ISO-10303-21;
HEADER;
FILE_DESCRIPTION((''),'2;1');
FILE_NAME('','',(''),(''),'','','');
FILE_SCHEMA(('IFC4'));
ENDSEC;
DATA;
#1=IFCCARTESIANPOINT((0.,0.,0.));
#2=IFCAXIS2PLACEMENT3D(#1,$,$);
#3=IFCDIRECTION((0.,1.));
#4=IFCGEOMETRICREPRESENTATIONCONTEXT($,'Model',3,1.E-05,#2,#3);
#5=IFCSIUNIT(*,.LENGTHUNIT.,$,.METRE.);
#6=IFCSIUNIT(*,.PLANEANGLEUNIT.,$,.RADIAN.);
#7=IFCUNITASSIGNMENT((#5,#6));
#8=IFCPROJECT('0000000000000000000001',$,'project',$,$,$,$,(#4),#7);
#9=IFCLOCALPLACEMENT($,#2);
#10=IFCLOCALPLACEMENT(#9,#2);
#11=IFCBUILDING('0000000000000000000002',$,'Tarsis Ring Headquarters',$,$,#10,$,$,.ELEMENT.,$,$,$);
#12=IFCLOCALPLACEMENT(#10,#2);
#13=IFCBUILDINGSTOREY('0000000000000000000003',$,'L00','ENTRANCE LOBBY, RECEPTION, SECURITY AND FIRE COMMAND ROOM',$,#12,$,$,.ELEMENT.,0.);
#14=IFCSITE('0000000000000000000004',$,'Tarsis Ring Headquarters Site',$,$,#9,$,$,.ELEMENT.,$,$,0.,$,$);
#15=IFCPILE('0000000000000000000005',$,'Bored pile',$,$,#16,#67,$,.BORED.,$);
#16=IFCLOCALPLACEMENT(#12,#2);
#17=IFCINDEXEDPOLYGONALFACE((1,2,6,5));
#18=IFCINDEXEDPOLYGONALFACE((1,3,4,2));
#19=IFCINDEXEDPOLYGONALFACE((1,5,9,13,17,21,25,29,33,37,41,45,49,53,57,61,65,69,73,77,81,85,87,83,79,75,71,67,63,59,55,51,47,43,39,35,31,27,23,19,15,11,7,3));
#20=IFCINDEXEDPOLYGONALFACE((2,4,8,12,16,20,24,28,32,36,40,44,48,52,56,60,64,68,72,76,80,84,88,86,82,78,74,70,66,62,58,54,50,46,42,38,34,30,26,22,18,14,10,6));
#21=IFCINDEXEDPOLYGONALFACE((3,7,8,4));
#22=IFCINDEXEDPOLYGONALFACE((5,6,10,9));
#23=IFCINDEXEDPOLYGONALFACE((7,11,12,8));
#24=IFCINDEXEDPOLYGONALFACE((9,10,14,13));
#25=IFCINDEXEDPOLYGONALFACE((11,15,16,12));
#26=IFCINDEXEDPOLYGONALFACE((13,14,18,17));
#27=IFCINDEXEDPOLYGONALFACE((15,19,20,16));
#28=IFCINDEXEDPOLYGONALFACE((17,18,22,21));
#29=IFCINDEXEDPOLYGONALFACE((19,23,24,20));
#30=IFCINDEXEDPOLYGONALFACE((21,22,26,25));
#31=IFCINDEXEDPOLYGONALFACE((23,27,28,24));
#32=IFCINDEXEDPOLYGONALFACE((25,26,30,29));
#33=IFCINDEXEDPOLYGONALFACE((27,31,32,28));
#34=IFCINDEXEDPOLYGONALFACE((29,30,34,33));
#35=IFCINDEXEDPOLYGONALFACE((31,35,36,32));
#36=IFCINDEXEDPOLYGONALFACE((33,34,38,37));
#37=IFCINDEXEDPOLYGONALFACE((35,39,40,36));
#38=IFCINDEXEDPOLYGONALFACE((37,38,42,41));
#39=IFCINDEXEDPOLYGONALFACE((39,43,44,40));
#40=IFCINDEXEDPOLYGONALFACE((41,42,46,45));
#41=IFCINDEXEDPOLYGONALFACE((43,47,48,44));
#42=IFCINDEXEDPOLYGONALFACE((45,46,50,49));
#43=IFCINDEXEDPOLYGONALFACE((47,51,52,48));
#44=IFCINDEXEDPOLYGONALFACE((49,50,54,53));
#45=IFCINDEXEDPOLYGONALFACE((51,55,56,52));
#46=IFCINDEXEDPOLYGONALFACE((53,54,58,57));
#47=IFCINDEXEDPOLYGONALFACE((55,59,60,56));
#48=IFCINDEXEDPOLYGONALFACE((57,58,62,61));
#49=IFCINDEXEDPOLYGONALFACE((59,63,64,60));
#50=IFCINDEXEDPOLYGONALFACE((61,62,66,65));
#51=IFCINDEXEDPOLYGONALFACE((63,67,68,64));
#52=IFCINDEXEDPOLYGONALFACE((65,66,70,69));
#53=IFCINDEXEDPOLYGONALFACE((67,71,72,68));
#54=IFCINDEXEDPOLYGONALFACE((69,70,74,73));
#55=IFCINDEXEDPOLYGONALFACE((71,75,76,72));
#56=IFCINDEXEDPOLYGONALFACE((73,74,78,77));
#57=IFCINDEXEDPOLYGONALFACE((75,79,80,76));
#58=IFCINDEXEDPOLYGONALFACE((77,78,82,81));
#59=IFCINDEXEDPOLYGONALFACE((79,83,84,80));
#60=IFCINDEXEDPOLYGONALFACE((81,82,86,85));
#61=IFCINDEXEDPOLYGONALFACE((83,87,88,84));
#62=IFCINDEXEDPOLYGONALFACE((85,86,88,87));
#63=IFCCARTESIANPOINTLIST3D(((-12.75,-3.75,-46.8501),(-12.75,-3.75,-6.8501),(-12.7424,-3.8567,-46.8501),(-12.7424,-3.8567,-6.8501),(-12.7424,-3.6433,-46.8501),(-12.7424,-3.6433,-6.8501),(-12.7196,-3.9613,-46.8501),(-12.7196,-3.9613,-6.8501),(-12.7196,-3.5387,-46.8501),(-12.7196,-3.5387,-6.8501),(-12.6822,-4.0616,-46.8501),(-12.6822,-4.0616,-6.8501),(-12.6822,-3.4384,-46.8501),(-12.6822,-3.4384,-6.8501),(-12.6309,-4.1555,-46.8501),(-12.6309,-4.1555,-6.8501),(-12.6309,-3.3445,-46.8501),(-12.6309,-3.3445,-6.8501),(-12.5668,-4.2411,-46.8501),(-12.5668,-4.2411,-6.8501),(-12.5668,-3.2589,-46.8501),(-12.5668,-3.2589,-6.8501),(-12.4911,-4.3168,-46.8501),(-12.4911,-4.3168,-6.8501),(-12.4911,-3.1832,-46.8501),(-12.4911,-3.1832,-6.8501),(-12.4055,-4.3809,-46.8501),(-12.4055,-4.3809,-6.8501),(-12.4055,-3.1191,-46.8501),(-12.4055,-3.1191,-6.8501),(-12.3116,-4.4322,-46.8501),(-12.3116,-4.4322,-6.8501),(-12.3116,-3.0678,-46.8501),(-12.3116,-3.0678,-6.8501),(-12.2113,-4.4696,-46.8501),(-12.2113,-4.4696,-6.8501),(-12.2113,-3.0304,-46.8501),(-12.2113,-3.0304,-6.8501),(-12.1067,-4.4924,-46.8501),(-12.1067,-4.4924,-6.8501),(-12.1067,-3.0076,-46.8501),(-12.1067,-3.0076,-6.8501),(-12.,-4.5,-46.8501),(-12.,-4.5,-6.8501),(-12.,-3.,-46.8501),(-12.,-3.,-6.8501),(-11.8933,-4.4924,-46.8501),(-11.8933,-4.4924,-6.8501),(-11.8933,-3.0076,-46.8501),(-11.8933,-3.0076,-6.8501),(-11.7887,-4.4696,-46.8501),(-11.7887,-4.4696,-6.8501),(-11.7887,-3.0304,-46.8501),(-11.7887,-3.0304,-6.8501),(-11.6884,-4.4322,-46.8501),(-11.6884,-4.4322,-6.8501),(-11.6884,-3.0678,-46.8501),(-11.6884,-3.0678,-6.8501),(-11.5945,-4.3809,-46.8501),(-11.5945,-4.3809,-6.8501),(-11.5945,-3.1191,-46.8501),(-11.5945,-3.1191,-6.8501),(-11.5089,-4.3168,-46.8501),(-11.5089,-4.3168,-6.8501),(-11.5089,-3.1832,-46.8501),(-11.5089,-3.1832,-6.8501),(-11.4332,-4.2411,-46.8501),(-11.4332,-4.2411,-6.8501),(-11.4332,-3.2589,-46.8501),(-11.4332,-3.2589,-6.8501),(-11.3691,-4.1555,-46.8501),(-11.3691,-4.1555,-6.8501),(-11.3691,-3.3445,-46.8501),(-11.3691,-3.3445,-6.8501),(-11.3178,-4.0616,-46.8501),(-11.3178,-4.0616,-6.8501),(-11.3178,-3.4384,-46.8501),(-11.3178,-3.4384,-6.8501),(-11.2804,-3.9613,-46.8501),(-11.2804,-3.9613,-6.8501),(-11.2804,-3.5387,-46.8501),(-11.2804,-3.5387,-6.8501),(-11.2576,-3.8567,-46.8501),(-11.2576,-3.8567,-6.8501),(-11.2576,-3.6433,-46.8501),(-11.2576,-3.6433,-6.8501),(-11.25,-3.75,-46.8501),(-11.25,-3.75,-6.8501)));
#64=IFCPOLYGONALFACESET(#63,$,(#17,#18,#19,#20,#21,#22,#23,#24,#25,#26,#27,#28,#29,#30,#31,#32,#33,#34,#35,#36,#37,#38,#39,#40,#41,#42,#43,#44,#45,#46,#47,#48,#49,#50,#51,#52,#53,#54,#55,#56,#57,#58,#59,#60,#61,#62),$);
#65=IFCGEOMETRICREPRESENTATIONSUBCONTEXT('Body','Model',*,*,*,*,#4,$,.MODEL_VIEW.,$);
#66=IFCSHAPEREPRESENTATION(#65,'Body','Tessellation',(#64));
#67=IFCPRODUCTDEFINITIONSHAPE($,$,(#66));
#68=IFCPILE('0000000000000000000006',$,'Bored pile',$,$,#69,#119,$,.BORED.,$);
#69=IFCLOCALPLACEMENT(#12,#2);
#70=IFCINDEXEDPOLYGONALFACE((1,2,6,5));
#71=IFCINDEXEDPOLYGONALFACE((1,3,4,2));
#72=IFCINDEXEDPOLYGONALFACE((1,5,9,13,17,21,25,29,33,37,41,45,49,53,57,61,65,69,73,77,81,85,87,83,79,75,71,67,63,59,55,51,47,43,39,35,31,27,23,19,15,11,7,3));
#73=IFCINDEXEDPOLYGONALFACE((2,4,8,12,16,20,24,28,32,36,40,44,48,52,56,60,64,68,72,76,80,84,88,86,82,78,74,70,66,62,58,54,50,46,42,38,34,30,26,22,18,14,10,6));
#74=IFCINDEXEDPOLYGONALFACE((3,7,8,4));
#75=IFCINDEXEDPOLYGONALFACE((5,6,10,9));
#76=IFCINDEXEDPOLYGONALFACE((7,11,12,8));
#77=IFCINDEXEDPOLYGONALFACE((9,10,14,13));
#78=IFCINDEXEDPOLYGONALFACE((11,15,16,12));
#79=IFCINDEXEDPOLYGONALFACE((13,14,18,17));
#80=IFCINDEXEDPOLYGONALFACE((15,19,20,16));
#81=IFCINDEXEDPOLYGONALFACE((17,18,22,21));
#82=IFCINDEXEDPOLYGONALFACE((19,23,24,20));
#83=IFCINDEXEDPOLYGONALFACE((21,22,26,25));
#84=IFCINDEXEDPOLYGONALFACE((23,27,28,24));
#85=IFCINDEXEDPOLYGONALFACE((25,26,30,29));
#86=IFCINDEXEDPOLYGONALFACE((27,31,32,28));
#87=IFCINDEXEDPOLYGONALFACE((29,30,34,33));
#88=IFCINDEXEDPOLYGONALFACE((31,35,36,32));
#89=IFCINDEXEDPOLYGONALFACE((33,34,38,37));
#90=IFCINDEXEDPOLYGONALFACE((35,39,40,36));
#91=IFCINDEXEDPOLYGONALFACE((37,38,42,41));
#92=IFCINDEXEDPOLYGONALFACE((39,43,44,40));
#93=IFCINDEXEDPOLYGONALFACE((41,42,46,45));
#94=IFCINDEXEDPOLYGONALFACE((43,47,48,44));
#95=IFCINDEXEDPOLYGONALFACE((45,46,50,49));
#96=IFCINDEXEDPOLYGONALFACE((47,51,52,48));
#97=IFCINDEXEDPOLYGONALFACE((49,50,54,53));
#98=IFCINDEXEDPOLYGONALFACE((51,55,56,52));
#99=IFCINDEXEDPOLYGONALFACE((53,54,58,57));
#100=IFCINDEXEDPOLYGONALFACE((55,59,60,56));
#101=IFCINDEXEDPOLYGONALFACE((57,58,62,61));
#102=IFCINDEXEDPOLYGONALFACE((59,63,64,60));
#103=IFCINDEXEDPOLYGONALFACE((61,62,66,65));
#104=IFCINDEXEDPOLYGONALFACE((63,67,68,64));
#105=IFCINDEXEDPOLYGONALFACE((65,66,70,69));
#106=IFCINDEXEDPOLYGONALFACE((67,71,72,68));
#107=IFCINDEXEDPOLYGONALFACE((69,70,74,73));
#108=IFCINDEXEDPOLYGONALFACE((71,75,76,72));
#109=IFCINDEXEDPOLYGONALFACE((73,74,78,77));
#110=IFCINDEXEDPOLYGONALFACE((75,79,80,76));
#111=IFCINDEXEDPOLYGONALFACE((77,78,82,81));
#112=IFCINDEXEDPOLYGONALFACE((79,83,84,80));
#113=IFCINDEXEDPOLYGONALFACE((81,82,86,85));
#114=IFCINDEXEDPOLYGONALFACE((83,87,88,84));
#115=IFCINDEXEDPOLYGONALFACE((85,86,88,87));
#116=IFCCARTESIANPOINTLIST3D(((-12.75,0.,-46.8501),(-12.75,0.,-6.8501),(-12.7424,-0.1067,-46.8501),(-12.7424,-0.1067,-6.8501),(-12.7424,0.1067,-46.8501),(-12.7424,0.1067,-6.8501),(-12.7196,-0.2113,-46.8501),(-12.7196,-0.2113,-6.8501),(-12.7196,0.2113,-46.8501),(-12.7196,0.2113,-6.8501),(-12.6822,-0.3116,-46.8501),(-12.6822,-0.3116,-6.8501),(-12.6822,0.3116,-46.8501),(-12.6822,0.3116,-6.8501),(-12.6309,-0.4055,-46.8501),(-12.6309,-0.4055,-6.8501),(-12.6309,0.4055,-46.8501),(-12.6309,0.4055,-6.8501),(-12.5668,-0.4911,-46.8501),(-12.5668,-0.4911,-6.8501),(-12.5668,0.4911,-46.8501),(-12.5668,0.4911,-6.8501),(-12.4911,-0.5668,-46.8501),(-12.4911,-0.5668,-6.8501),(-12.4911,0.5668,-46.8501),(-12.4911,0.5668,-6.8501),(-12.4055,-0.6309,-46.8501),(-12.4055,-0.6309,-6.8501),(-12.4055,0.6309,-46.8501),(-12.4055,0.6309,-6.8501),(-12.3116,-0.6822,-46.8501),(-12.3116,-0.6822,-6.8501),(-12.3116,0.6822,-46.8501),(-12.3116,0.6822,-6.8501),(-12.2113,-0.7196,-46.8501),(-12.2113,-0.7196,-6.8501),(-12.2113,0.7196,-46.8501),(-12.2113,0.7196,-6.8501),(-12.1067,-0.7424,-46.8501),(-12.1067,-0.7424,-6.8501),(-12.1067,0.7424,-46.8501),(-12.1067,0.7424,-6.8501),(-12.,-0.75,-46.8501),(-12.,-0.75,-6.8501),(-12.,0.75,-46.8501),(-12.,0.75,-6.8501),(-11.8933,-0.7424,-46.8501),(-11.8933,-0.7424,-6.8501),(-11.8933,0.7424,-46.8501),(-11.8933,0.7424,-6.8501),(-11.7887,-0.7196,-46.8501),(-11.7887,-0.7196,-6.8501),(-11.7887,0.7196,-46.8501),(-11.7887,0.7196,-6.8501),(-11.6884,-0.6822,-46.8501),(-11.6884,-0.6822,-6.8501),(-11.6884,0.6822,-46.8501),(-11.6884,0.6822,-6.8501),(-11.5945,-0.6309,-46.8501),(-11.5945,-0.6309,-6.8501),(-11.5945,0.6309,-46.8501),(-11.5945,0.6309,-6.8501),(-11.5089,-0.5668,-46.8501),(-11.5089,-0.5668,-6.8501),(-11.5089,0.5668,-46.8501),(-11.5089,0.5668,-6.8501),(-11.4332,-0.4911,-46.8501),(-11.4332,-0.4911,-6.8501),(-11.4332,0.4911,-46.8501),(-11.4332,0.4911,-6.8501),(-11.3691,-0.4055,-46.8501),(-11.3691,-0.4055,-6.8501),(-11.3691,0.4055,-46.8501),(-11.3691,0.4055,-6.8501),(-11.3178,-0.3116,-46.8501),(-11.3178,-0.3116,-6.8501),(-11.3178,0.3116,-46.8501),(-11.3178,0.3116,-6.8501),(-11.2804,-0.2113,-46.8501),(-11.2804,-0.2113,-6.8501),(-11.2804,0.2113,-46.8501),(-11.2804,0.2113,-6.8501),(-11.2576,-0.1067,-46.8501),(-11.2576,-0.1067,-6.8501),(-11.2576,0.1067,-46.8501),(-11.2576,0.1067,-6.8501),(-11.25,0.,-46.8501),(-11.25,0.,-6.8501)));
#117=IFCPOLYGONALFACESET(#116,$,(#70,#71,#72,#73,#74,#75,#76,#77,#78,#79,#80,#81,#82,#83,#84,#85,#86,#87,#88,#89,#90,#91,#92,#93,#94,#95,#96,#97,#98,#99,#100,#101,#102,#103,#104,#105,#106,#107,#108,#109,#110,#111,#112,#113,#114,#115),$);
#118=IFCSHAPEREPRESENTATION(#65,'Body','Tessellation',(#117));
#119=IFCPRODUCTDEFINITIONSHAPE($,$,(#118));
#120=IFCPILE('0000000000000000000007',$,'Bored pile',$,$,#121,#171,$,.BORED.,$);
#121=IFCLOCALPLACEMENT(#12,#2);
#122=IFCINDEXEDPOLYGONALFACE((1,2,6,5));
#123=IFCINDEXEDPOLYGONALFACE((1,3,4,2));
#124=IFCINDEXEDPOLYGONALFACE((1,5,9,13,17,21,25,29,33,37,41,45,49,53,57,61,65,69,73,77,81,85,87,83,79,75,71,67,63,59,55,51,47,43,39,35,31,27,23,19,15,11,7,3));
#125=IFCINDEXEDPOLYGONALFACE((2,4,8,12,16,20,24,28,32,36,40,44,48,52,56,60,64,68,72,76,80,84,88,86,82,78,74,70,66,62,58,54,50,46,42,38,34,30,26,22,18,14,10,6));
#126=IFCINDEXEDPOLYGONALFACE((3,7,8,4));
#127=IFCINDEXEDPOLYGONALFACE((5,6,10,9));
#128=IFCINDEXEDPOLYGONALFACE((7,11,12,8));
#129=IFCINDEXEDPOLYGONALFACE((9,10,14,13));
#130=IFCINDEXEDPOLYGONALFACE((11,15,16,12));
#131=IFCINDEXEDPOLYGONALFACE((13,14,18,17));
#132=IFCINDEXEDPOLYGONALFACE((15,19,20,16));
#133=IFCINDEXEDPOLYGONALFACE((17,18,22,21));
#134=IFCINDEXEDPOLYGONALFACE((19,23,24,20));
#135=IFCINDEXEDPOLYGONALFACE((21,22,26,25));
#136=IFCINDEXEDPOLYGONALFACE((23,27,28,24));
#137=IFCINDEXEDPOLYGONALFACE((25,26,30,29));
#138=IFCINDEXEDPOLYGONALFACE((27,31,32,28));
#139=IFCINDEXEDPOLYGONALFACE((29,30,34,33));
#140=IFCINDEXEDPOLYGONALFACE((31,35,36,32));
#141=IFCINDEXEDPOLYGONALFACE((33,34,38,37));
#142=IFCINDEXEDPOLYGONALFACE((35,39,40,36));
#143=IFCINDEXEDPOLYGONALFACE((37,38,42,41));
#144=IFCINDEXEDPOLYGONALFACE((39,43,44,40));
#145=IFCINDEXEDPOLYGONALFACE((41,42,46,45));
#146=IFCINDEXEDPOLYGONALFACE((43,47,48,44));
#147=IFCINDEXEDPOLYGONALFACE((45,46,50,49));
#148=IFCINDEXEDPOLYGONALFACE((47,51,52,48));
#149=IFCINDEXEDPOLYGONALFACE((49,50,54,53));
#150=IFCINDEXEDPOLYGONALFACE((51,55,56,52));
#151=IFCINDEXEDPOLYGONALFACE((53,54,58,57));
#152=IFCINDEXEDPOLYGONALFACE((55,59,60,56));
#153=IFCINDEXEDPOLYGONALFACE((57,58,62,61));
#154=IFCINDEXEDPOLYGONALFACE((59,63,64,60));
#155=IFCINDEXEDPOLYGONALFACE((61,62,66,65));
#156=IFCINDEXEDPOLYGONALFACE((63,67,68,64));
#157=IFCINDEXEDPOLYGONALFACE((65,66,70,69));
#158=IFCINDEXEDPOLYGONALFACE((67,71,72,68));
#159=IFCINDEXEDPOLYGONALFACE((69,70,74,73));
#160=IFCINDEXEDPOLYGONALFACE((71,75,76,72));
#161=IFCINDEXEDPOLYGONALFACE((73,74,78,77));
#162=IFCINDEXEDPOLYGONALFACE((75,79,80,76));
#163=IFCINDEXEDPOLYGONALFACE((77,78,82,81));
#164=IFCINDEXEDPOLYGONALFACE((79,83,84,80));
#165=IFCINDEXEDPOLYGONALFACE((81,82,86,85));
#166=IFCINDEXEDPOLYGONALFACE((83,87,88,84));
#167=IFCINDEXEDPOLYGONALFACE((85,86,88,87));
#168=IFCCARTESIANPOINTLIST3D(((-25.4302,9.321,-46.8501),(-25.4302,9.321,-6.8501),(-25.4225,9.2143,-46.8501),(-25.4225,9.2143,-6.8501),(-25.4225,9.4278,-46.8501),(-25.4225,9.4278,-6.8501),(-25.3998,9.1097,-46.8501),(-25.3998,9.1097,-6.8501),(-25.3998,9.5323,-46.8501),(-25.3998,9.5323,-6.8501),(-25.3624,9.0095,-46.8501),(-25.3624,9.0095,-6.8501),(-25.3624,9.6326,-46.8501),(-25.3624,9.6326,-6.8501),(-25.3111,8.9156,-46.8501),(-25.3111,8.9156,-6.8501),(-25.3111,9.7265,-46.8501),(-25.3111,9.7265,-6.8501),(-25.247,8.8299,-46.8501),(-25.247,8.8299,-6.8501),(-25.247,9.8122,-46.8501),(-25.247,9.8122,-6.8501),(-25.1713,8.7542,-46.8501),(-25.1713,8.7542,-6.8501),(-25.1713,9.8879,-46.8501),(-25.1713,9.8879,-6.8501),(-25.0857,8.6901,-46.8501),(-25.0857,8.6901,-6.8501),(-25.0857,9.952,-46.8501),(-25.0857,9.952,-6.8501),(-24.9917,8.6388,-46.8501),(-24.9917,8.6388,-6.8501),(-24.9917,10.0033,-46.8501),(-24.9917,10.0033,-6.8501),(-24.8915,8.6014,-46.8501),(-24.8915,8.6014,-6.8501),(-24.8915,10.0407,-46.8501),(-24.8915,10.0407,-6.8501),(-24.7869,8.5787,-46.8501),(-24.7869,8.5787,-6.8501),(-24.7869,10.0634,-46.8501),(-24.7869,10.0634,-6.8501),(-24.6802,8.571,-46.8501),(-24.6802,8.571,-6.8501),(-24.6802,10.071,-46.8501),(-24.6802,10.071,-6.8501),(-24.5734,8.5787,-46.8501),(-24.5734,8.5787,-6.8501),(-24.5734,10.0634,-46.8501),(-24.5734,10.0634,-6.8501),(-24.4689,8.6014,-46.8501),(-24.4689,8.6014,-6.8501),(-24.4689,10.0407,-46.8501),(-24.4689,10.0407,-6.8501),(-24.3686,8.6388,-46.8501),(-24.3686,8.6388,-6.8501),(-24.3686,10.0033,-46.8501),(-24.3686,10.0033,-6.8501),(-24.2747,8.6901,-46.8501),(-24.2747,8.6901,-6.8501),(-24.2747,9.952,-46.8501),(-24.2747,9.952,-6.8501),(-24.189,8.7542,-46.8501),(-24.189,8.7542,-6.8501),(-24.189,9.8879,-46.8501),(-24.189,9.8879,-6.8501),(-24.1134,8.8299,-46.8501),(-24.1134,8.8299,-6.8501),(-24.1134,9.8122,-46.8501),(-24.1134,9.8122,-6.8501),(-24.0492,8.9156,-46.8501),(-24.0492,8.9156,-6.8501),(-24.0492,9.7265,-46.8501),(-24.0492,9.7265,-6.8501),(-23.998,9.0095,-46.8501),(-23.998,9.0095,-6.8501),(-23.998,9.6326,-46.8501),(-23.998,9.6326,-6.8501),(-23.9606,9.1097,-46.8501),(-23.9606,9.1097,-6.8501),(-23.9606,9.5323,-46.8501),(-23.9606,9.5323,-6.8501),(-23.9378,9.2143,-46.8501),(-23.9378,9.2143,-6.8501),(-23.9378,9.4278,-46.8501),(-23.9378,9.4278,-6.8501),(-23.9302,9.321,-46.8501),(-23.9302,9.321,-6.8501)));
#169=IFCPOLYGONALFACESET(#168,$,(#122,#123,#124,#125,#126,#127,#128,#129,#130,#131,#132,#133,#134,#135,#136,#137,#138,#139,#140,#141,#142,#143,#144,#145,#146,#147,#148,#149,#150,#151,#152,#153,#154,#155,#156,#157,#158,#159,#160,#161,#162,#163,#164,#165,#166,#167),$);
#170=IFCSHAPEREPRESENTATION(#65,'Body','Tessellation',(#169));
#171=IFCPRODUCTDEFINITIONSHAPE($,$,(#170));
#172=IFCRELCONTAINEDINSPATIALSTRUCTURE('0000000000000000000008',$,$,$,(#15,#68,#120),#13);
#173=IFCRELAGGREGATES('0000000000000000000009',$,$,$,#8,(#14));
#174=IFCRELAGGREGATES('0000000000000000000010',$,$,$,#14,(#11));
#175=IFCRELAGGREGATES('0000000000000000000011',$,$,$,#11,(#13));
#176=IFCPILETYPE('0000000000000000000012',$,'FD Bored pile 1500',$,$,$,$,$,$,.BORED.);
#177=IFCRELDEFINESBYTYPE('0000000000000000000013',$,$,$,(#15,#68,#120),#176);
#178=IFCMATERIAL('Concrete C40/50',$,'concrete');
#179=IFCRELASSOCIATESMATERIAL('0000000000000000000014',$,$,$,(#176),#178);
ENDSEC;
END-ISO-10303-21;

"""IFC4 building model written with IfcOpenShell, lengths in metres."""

from ifc_helpers import new_model, si_unit, direction, frame, origin, origin_2d, place, context, subcontext, project, spatial, circle, extrude, material, material_profile, profile_set, type_object, element, save


model = new_model("IFC4")

# Units and contexts
model_context = context("Model", 3, precision=1e-05, world=origin(), true_north=direction((0.0, 1.0)))
body_context = subcontext(model_context, "Body", "Model", "MODEL_VIEW")
ifc_project = project(units=[si_unit("LENGTHUNIT", "METRE"), si_unit("PLANEANGLEUNIT", "RADIAN")], contexts=[model_context])

# Site, building, storey
site_placement = place(None, origin())
site = spatial("IfcSite", under=ifc_project, at=site_placement, Name="Tarsis Ring Headquarters Site", CompositionType="ELEMENT", RefElevation=0.0)
building_placement = place(site_placement, origin())
building = spatial("IfcBuilding", under=site, at=building_placement, Name="Tarsis Ring Headquarters", CompositionType="ELEMENT")
storey_placement = place(building_placement, origin())
storey = spatial("IfcBuildingStorey", under=building, at=storey_placement, Name="L00", Description="ENTRANCE LOBBY, RECEPTION, SECURITY AND FIRE COMMAND ROOM", CompositionType="ELEMENT", Elevation=0.0)

# Piles
ifc_material_1 = material(Name="Concrete C40/50", Category="concrete")
ifc_material_profile_1 = material_profile(ifc_material_1, circle(Radius=0.75, at=origin_2d()), Name="BORED 1500")
ifc_profile_set_1 = profile_set([ifc_material_profile_1], Name="Concrete C40/50")
pile_type_1 = type_object("IfcPileType", Name="FD Bored pile 1500", PredefinedType="BORED", material=ifc_profile_set_1)
for number, where, z_axis, x_axis, name in (
    (1, (-12.0, -3.75, -6.8501), (0.0, 0.0, -1.0), (1.0, 0.0, 0.0), "Bored pile"),
    (2, (-12.0, 0.0, -6.8501), (0.0, 0.0, -1.0), (1.0, 0.0, 0.0), "Bored pile"),
    (3, (-24.6802, 9.321, -6.8501), (0.0, 0.0, -1.0), (1.0, 0.0, 0.0), "Bored pile"),
):
    element("IfcPile", number, at=place(storey_placement, frame(where, z_axis=z_axis, x_axis=x_axis)), inside=storey, type_object=pile_type_1, Name=name, PredefinedType="BORED", context=body_context, shape_type="SweptSolid", body=[
        extrude(circle(Radius=0.75, at=origin_2d()), origin(), (0.0, 0.0, 1.0), 40.0),
    ])

save(model, "model.ifc")
